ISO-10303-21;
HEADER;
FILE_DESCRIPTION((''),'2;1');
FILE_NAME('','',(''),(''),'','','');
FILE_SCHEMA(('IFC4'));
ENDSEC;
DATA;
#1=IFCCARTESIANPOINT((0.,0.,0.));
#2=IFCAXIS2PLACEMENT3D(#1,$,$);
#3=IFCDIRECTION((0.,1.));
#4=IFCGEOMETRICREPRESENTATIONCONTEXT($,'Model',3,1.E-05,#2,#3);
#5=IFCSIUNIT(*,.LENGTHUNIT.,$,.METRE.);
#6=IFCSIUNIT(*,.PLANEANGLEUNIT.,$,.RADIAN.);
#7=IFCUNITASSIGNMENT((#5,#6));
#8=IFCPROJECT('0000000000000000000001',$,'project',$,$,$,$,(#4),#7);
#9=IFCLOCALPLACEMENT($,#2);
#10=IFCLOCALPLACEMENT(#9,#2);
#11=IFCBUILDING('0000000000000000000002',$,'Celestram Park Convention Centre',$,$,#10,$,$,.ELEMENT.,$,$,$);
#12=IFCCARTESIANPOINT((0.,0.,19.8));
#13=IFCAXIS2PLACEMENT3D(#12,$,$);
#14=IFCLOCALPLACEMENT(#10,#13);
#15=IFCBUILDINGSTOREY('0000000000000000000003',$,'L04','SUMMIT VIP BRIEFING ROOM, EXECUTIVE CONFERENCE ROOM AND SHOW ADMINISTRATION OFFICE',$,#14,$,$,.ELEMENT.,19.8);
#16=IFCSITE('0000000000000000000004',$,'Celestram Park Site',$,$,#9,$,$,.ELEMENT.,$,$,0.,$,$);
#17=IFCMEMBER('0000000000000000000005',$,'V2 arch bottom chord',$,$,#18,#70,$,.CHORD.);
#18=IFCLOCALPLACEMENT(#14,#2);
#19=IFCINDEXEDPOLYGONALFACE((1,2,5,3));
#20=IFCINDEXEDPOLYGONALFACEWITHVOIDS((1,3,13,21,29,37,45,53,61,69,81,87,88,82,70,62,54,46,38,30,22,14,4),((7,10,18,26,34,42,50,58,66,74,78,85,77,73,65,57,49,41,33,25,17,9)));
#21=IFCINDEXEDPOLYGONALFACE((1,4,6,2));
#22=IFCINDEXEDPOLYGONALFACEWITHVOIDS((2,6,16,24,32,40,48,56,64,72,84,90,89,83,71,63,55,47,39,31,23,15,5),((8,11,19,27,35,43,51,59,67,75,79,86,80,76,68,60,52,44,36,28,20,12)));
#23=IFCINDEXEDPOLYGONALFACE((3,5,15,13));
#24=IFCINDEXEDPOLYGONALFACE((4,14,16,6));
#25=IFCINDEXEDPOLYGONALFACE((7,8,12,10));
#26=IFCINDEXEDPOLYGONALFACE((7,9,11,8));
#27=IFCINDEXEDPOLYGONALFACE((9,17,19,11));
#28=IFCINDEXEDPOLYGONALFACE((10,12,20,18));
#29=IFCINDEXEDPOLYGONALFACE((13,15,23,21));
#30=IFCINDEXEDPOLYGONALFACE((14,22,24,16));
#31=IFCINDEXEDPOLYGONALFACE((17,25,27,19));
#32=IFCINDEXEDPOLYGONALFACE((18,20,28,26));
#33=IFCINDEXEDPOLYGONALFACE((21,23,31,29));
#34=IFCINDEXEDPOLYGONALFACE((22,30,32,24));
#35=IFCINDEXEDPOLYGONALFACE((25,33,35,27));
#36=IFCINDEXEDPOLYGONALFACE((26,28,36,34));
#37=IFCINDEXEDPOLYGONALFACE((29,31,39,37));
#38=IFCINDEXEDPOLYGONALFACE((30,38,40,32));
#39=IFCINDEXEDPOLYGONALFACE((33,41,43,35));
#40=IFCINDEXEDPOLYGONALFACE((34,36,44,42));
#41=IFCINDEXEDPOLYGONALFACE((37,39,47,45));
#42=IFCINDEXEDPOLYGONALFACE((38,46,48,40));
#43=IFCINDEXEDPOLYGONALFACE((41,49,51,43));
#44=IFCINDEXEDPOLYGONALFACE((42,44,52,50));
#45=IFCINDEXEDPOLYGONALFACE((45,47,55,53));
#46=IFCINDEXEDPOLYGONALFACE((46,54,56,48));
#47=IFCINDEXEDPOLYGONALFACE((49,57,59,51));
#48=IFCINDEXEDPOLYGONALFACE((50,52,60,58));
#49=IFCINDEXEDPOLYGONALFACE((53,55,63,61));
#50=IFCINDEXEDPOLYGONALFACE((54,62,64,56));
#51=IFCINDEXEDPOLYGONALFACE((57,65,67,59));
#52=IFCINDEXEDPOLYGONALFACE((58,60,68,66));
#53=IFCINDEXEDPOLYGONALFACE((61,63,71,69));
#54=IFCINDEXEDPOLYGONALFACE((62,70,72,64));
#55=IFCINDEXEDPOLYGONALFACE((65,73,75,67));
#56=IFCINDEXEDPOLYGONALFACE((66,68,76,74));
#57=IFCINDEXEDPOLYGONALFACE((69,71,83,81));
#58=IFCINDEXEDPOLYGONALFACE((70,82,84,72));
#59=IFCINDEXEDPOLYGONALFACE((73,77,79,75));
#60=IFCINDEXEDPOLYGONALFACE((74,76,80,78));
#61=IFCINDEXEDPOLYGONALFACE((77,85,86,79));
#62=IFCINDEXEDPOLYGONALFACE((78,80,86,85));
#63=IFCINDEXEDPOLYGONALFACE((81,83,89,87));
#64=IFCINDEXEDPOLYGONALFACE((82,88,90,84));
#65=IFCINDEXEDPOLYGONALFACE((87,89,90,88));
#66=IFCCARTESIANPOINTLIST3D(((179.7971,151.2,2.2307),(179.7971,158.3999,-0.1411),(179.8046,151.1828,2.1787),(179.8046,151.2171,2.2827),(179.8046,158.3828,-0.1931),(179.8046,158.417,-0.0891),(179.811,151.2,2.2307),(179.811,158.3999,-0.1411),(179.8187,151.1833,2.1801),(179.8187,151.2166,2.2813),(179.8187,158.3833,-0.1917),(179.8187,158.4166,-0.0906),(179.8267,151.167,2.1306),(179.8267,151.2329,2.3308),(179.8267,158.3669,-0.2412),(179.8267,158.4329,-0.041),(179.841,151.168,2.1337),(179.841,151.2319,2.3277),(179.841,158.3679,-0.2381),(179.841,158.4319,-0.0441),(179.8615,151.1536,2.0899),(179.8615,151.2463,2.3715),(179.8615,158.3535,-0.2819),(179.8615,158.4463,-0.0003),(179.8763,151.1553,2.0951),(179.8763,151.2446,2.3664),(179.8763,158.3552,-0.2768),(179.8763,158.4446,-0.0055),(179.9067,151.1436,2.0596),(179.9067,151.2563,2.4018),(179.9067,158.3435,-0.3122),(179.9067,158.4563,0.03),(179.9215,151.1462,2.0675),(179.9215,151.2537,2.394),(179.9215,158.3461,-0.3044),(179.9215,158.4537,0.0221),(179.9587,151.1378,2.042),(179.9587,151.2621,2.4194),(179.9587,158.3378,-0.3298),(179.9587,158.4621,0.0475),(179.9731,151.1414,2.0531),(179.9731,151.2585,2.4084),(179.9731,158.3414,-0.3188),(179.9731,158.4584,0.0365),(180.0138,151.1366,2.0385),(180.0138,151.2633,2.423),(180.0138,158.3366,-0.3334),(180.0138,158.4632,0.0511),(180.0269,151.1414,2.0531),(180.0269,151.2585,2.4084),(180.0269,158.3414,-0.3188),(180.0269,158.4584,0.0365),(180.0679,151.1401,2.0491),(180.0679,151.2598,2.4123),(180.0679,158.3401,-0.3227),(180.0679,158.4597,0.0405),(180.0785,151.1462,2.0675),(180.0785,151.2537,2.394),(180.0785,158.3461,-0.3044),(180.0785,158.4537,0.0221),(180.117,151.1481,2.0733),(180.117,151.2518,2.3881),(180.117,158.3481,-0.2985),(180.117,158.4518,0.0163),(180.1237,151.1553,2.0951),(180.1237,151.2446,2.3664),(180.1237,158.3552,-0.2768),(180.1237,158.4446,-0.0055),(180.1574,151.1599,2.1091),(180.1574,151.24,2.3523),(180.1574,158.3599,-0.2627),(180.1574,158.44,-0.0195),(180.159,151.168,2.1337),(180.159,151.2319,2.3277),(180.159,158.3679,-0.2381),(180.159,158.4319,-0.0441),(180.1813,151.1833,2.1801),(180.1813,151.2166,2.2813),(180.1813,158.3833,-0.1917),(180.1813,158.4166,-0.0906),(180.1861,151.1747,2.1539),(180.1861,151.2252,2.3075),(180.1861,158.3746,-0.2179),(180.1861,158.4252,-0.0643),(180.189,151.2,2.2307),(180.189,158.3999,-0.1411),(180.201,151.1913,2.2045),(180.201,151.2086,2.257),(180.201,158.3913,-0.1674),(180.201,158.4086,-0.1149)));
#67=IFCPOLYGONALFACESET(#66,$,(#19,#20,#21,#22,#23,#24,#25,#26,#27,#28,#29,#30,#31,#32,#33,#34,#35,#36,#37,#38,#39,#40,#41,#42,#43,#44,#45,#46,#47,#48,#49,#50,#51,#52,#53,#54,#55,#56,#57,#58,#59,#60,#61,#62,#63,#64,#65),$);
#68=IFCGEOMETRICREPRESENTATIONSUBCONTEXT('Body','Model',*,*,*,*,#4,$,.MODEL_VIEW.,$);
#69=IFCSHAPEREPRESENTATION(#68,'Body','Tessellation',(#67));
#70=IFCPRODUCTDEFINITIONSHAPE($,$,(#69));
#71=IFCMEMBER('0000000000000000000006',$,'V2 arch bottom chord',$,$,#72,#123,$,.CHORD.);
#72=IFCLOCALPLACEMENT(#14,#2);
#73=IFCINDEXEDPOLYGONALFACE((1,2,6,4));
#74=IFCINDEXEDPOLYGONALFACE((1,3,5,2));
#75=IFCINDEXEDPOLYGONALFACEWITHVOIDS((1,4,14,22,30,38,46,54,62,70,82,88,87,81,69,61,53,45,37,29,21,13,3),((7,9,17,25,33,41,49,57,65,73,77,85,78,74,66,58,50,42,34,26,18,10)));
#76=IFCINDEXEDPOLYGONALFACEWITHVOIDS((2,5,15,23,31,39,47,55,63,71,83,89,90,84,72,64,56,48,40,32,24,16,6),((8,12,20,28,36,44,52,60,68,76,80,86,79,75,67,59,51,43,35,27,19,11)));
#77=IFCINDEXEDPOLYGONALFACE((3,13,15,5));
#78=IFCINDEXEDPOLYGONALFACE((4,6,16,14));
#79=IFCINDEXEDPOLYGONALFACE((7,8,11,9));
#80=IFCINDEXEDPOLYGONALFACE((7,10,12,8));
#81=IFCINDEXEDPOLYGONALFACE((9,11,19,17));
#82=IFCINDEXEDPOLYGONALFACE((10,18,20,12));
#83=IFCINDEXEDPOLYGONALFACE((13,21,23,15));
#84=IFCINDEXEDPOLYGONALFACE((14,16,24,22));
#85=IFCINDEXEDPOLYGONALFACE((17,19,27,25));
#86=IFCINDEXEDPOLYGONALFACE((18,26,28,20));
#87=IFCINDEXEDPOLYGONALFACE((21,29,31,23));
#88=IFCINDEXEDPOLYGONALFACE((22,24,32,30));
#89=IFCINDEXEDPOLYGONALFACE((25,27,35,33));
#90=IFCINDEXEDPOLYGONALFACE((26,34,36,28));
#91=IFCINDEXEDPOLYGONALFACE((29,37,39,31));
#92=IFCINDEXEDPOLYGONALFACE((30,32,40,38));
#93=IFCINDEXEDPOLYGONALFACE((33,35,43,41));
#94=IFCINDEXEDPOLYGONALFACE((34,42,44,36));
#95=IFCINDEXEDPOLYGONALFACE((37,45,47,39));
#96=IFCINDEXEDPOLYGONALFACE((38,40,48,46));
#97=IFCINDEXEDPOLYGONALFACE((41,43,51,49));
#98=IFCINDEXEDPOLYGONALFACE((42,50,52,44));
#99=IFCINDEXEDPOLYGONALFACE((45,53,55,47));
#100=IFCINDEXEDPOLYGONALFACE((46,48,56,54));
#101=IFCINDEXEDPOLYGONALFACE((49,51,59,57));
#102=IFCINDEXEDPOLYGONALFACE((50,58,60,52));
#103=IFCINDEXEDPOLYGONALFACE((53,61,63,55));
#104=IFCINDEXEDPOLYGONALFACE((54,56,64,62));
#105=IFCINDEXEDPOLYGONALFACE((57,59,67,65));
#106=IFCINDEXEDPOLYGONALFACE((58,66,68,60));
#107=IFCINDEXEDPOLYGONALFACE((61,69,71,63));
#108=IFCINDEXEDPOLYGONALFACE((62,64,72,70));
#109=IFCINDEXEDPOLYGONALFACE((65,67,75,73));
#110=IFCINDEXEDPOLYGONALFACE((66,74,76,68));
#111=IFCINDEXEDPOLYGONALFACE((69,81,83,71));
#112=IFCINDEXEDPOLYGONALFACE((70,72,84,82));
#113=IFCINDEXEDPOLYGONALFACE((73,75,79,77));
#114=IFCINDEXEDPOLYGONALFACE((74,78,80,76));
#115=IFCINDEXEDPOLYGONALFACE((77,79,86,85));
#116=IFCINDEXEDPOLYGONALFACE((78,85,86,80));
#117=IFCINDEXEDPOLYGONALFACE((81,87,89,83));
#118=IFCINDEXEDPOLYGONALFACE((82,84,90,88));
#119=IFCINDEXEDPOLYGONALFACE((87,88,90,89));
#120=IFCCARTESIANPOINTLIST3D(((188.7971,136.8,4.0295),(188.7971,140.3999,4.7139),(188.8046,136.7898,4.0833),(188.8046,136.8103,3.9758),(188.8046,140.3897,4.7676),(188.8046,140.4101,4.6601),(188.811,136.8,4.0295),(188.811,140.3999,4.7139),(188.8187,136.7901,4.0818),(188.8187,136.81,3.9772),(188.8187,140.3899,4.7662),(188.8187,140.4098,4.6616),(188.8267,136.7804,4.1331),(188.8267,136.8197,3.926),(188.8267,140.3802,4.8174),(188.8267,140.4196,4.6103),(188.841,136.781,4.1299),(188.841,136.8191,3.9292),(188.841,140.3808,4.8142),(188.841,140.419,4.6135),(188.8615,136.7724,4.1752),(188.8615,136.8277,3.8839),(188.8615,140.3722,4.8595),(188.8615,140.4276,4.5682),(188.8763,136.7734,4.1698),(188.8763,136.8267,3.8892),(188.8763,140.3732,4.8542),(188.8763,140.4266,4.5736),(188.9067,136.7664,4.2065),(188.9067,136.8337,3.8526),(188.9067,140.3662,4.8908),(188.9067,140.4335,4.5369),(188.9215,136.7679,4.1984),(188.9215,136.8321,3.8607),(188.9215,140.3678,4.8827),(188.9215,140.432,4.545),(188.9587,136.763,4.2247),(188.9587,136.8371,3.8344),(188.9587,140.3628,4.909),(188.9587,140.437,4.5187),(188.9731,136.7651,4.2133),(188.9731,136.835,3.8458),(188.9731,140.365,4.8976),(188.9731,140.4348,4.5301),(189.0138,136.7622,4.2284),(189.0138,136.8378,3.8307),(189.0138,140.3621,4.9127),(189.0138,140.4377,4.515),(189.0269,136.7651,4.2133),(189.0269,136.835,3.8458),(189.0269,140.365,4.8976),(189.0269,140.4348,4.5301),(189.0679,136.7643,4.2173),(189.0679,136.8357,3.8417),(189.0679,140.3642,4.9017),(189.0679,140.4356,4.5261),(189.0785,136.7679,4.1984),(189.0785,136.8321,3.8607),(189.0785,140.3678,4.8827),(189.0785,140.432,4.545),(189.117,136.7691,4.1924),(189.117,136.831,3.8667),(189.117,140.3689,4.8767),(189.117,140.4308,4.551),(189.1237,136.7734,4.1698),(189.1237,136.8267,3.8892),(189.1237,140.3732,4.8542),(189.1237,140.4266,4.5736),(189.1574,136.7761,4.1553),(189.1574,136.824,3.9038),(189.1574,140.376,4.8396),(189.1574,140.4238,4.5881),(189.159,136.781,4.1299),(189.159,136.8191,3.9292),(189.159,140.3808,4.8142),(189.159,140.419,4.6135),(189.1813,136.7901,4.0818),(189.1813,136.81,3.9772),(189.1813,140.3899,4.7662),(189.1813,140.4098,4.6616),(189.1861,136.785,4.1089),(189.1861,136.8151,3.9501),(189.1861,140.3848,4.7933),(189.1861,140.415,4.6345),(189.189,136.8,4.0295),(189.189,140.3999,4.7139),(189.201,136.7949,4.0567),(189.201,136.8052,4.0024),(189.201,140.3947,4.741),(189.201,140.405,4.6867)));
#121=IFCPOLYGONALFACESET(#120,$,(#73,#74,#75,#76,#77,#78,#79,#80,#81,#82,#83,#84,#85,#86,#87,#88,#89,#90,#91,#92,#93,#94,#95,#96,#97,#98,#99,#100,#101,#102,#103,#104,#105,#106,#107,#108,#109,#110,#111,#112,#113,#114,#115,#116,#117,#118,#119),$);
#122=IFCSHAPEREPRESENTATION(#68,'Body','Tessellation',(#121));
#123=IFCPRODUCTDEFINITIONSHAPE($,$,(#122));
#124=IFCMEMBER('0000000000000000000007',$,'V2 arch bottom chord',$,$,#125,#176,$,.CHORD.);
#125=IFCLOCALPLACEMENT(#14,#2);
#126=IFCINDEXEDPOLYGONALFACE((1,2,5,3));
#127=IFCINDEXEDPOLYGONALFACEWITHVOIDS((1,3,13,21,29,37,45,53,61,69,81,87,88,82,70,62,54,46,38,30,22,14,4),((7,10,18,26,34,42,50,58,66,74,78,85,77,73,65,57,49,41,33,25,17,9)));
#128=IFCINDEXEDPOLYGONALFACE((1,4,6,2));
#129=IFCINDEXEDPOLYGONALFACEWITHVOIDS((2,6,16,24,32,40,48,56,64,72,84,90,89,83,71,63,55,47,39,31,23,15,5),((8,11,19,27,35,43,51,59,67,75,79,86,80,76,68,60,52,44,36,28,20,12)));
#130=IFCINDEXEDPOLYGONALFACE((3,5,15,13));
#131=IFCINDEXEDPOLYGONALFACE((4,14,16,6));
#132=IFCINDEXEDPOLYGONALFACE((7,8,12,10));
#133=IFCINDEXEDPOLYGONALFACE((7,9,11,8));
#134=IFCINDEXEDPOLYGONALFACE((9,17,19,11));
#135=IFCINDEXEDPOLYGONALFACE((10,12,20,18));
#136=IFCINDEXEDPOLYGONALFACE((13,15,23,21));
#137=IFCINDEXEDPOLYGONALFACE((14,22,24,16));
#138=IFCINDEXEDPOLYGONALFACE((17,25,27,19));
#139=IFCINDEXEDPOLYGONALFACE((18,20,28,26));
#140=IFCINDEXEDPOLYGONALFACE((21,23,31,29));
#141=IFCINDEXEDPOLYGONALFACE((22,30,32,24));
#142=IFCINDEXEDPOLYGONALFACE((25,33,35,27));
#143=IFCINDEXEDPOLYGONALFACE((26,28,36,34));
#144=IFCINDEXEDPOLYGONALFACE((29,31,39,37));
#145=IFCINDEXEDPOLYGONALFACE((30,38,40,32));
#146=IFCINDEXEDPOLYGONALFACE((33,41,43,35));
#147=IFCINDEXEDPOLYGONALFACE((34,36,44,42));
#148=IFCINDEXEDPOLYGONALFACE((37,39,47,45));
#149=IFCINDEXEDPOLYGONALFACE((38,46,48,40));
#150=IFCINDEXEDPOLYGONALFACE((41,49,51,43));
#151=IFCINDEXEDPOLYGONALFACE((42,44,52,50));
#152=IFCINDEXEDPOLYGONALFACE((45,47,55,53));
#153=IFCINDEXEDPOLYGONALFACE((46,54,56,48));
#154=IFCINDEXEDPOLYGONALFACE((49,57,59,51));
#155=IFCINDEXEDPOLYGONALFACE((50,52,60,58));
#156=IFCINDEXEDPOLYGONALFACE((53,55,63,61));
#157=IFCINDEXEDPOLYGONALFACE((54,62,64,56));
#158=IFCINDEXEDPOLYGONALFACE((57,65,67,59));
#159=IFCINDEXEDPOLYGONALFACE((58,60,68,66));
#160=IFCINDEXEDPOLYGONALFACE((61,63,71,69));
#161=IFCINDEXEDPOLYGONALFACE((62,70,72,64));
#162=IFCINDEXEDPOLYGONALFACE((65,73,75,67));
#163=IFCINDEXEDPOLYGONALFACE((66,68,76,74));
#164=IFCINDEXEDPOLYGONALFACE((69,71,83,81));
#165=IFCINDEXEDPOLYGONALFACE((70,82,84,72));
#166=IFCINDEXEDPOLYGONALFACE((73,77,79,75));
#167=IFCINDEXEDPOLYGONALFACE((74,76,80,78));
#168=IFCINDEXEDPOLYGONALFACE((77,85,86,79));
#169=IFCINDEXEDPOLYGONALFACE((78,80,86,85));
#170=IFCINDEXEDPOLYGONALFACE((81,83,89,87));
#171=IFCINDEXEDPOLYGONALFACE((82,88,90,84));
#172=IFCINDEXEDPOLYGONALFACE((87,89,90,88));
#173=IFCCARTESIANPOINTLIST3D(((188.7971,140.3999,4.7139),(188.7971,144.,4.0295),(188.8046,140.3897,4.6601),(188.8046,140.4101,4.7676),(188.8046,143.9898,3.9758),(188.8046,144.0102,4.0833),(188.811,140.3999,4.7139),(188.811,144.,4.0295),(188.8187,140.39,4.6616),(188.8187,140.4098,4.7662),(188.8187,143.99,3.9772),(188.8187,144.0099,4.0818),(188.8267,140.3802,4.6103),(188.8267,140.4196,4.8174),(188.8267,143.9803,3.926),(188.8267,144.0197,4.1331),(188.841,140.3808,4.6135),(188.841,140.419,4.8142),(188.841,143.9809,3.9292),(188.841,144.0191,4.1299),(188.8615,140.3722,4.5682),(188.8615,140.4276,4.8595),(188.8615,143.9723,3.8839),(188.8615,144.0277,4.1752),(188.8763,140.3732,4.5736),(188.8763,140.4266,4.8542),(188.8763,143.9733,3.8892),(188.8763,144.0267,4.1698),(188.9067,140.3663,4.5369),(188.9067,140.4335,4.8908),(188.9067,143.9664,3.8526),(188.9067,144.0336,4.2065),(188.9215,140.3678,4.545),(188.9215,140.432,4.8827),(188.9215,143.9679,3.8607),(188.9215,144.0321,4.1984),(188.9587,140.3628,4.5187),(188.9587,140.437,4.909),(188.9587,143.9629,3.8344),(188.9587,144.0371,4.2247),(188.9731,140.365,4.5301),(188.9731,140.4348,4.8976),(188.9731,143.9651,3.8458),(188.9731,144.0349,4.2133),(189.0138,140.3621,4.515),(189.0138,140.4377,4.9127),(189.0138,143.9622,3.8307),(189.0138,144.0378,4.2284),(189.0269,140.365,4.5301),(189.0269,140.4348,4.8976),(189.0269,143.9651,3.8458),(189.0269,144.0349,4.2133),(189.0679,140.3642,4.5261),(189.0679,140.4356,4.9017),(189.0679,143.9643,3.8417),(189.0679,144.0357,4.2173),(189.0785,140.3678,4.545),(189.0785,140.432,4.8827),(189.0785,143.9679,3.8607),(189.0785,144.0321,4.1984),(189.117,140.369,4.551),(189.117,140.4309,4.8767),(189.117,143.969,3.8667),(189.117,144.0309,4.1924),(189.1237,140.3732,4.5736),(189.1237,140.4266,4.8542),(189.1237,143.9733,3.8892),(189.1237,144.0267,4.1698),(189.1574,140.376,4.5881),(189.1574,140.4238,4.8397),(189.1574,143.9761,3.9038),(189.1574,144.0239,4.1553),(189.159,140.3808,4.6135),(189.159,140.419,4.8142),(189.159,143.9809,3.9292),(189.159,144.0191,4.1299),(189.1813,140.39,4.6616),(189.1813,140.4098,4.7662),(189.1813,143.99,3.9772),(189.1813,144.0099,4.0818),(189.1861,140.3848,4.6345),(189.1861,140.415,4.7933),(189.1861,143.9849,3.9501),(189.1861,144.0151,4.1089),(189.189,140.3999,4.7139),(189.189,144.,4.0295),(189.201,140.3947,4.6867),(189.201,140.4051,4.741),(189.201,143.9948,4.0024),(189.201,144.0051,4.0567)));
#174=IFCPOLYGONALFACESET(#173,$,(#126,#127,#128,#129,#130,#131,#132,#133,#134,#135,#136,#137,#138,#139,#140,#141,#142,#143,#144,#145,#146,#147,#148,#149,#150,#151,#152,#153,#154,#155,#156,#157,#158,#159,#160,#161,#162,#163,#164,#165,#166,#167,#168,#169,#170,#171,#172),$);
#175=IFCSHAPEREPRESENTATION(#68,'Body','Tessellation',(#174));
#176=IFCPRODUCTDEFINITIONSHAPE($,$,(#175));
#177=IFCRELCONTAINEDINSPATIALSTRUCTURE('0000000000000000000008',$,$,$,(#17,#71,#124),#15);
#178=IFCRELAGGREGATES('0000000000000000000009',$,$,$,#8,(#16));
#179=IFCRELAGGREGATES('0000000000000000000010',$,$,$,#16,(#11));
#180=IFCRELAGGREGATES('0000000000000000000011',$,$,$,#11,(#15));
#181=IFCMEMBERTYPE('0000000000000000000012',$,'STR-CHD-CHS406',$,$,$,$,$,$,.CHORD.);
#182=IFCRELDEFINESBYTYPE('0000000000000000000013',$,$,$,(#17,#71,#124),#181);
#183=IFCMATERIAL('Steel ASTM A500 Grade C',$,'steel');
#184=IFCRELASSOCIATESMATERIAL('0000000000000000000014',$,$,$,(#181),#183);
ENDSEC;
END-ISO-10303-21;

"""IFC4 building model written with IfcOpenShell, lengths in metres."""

from ifc_helpers import new_model, si_unit, direction, frame, origin, origin_2d, place, context, subcontext, project, spatial, hollow_circle, extrude, material, material_profile, profile_set, type_object, element, save


model = new_model("IFC4")

# Units and contexts
model_context = context("Model", 3, precision=1e-05, world=origin(), true_north=direction((0.0, 1.0)))
body_context = subcontext(model_context, "Body", "Model", "MODEL_VIEW")
ifc_project = project(units=[si_unit("LENGTHUNIT", "METRE"), si_unit("PLANEANGLEUNIT", "RADIAN")], contexts=[model_context])

# Site, building, storey
site_placement = place(None, origin())
site = spatial("IfcSite", under=ifc_project, at=site_placement, Name="Celestram Park Site", CompositionType="ELEMENT", RefElevation=0.0)
building_placement = place(site_placement, origin())
building = spatial("IfcBuilding", under=site, at=building_placement, Name="Celestram Park Convention Centre", CompositionType="ELEMENT")
storey_placement = place(building_placement, frame((0.0, 0.0, 19.8)))
storey = spatial("IfcBuildingStorey", under=building, at=storey_placement, Name="L04", Description="SUMMIT VIP BRIEFING ROOM, EXECUTIVE CONFERENCE ROOM AND SHOW ADMINISTRATION OFFICE", CompositionType="ELEMENT", Elevation=19.8)

# Members
ifc_material_1 = material(Name="Steel ASTM A500 Grade C", Category="steel")
ifc_material_profile_1 = material_profile(ifc_material_1, hollow_circle(Radius=0.2029, WallThickness=0.0139, at=origin_2d()), Name="CHS406X14")
ifc_profile_set_1 = profile_set([ifc_material_profile_1], Name="Steel ASTM A500 Grade C")
member_type_1 = type_object("IfcMemberType", Name="STR-CHD-CHS406", PredefinedType="CHORD", material=ifc_profile_set_1)
member_1_placement = place(storey_placement, frame((180.0, 151.2, 2.2307), z_axis=(0.0, 0.949792, -0.312883), x_axis=(-1.0, 0.0, 0.0)))
element("IfcMember", 1, at=member_1_placement, inside=storey, type_object=member_type_1, Name="V2 arch bottom chord", PredefinedType="CHORD", context=body_context, shape_type="SweptSolid", body=[
    extrude(hollow_circle(Radius=0.2029, WallThickness=0.0139, at=origin_2d()), origin(), (0.0, 0.0, 1.0), 7.5806),
])
member_2_placement = place(storey_placement, frame((189.0, 136.8, 4.0295), z_axis=(0.0, 0.982407, 0.186754), x_axis=(-1.0, 0.0, 0.0)))
element("IfcMember", 2, at=member_2_placement, inside=storey, type_object=member_type_1, Name="V2 arch bottom chord", PredefinedType="CHORD", context=body_context, shape_type="SweptSolid", body=[
    extrude(hollow_circle(Radius=0.2029, WallThickness=0.0139, at=origin_2d()), origin(), (0.0, 0.0, 1.0), 3.6643),
])
member_3_placement = place(storey_placement, frame((189.0, 140.3999, 4.7139), z_axis=(0.0, 0.982409, -0.186742), x_axis=(-1.0, 0.0, 0.0)))
element("IfcMember", 3, at=member_3_placement, inside=storey, type_object=member_type_1, Name="V2 arch bottom chord", PredefinedType="CHORD", context=body_context, shape_type="SweptSolid", body=[
    extrude(hollow_circle(Radius=0.2029, WallThickness=0.0139, at=origin_2d()), origin(), (0.0, 0.0, 1.0), 3.6646),
])

save(model, "model.ifc")
